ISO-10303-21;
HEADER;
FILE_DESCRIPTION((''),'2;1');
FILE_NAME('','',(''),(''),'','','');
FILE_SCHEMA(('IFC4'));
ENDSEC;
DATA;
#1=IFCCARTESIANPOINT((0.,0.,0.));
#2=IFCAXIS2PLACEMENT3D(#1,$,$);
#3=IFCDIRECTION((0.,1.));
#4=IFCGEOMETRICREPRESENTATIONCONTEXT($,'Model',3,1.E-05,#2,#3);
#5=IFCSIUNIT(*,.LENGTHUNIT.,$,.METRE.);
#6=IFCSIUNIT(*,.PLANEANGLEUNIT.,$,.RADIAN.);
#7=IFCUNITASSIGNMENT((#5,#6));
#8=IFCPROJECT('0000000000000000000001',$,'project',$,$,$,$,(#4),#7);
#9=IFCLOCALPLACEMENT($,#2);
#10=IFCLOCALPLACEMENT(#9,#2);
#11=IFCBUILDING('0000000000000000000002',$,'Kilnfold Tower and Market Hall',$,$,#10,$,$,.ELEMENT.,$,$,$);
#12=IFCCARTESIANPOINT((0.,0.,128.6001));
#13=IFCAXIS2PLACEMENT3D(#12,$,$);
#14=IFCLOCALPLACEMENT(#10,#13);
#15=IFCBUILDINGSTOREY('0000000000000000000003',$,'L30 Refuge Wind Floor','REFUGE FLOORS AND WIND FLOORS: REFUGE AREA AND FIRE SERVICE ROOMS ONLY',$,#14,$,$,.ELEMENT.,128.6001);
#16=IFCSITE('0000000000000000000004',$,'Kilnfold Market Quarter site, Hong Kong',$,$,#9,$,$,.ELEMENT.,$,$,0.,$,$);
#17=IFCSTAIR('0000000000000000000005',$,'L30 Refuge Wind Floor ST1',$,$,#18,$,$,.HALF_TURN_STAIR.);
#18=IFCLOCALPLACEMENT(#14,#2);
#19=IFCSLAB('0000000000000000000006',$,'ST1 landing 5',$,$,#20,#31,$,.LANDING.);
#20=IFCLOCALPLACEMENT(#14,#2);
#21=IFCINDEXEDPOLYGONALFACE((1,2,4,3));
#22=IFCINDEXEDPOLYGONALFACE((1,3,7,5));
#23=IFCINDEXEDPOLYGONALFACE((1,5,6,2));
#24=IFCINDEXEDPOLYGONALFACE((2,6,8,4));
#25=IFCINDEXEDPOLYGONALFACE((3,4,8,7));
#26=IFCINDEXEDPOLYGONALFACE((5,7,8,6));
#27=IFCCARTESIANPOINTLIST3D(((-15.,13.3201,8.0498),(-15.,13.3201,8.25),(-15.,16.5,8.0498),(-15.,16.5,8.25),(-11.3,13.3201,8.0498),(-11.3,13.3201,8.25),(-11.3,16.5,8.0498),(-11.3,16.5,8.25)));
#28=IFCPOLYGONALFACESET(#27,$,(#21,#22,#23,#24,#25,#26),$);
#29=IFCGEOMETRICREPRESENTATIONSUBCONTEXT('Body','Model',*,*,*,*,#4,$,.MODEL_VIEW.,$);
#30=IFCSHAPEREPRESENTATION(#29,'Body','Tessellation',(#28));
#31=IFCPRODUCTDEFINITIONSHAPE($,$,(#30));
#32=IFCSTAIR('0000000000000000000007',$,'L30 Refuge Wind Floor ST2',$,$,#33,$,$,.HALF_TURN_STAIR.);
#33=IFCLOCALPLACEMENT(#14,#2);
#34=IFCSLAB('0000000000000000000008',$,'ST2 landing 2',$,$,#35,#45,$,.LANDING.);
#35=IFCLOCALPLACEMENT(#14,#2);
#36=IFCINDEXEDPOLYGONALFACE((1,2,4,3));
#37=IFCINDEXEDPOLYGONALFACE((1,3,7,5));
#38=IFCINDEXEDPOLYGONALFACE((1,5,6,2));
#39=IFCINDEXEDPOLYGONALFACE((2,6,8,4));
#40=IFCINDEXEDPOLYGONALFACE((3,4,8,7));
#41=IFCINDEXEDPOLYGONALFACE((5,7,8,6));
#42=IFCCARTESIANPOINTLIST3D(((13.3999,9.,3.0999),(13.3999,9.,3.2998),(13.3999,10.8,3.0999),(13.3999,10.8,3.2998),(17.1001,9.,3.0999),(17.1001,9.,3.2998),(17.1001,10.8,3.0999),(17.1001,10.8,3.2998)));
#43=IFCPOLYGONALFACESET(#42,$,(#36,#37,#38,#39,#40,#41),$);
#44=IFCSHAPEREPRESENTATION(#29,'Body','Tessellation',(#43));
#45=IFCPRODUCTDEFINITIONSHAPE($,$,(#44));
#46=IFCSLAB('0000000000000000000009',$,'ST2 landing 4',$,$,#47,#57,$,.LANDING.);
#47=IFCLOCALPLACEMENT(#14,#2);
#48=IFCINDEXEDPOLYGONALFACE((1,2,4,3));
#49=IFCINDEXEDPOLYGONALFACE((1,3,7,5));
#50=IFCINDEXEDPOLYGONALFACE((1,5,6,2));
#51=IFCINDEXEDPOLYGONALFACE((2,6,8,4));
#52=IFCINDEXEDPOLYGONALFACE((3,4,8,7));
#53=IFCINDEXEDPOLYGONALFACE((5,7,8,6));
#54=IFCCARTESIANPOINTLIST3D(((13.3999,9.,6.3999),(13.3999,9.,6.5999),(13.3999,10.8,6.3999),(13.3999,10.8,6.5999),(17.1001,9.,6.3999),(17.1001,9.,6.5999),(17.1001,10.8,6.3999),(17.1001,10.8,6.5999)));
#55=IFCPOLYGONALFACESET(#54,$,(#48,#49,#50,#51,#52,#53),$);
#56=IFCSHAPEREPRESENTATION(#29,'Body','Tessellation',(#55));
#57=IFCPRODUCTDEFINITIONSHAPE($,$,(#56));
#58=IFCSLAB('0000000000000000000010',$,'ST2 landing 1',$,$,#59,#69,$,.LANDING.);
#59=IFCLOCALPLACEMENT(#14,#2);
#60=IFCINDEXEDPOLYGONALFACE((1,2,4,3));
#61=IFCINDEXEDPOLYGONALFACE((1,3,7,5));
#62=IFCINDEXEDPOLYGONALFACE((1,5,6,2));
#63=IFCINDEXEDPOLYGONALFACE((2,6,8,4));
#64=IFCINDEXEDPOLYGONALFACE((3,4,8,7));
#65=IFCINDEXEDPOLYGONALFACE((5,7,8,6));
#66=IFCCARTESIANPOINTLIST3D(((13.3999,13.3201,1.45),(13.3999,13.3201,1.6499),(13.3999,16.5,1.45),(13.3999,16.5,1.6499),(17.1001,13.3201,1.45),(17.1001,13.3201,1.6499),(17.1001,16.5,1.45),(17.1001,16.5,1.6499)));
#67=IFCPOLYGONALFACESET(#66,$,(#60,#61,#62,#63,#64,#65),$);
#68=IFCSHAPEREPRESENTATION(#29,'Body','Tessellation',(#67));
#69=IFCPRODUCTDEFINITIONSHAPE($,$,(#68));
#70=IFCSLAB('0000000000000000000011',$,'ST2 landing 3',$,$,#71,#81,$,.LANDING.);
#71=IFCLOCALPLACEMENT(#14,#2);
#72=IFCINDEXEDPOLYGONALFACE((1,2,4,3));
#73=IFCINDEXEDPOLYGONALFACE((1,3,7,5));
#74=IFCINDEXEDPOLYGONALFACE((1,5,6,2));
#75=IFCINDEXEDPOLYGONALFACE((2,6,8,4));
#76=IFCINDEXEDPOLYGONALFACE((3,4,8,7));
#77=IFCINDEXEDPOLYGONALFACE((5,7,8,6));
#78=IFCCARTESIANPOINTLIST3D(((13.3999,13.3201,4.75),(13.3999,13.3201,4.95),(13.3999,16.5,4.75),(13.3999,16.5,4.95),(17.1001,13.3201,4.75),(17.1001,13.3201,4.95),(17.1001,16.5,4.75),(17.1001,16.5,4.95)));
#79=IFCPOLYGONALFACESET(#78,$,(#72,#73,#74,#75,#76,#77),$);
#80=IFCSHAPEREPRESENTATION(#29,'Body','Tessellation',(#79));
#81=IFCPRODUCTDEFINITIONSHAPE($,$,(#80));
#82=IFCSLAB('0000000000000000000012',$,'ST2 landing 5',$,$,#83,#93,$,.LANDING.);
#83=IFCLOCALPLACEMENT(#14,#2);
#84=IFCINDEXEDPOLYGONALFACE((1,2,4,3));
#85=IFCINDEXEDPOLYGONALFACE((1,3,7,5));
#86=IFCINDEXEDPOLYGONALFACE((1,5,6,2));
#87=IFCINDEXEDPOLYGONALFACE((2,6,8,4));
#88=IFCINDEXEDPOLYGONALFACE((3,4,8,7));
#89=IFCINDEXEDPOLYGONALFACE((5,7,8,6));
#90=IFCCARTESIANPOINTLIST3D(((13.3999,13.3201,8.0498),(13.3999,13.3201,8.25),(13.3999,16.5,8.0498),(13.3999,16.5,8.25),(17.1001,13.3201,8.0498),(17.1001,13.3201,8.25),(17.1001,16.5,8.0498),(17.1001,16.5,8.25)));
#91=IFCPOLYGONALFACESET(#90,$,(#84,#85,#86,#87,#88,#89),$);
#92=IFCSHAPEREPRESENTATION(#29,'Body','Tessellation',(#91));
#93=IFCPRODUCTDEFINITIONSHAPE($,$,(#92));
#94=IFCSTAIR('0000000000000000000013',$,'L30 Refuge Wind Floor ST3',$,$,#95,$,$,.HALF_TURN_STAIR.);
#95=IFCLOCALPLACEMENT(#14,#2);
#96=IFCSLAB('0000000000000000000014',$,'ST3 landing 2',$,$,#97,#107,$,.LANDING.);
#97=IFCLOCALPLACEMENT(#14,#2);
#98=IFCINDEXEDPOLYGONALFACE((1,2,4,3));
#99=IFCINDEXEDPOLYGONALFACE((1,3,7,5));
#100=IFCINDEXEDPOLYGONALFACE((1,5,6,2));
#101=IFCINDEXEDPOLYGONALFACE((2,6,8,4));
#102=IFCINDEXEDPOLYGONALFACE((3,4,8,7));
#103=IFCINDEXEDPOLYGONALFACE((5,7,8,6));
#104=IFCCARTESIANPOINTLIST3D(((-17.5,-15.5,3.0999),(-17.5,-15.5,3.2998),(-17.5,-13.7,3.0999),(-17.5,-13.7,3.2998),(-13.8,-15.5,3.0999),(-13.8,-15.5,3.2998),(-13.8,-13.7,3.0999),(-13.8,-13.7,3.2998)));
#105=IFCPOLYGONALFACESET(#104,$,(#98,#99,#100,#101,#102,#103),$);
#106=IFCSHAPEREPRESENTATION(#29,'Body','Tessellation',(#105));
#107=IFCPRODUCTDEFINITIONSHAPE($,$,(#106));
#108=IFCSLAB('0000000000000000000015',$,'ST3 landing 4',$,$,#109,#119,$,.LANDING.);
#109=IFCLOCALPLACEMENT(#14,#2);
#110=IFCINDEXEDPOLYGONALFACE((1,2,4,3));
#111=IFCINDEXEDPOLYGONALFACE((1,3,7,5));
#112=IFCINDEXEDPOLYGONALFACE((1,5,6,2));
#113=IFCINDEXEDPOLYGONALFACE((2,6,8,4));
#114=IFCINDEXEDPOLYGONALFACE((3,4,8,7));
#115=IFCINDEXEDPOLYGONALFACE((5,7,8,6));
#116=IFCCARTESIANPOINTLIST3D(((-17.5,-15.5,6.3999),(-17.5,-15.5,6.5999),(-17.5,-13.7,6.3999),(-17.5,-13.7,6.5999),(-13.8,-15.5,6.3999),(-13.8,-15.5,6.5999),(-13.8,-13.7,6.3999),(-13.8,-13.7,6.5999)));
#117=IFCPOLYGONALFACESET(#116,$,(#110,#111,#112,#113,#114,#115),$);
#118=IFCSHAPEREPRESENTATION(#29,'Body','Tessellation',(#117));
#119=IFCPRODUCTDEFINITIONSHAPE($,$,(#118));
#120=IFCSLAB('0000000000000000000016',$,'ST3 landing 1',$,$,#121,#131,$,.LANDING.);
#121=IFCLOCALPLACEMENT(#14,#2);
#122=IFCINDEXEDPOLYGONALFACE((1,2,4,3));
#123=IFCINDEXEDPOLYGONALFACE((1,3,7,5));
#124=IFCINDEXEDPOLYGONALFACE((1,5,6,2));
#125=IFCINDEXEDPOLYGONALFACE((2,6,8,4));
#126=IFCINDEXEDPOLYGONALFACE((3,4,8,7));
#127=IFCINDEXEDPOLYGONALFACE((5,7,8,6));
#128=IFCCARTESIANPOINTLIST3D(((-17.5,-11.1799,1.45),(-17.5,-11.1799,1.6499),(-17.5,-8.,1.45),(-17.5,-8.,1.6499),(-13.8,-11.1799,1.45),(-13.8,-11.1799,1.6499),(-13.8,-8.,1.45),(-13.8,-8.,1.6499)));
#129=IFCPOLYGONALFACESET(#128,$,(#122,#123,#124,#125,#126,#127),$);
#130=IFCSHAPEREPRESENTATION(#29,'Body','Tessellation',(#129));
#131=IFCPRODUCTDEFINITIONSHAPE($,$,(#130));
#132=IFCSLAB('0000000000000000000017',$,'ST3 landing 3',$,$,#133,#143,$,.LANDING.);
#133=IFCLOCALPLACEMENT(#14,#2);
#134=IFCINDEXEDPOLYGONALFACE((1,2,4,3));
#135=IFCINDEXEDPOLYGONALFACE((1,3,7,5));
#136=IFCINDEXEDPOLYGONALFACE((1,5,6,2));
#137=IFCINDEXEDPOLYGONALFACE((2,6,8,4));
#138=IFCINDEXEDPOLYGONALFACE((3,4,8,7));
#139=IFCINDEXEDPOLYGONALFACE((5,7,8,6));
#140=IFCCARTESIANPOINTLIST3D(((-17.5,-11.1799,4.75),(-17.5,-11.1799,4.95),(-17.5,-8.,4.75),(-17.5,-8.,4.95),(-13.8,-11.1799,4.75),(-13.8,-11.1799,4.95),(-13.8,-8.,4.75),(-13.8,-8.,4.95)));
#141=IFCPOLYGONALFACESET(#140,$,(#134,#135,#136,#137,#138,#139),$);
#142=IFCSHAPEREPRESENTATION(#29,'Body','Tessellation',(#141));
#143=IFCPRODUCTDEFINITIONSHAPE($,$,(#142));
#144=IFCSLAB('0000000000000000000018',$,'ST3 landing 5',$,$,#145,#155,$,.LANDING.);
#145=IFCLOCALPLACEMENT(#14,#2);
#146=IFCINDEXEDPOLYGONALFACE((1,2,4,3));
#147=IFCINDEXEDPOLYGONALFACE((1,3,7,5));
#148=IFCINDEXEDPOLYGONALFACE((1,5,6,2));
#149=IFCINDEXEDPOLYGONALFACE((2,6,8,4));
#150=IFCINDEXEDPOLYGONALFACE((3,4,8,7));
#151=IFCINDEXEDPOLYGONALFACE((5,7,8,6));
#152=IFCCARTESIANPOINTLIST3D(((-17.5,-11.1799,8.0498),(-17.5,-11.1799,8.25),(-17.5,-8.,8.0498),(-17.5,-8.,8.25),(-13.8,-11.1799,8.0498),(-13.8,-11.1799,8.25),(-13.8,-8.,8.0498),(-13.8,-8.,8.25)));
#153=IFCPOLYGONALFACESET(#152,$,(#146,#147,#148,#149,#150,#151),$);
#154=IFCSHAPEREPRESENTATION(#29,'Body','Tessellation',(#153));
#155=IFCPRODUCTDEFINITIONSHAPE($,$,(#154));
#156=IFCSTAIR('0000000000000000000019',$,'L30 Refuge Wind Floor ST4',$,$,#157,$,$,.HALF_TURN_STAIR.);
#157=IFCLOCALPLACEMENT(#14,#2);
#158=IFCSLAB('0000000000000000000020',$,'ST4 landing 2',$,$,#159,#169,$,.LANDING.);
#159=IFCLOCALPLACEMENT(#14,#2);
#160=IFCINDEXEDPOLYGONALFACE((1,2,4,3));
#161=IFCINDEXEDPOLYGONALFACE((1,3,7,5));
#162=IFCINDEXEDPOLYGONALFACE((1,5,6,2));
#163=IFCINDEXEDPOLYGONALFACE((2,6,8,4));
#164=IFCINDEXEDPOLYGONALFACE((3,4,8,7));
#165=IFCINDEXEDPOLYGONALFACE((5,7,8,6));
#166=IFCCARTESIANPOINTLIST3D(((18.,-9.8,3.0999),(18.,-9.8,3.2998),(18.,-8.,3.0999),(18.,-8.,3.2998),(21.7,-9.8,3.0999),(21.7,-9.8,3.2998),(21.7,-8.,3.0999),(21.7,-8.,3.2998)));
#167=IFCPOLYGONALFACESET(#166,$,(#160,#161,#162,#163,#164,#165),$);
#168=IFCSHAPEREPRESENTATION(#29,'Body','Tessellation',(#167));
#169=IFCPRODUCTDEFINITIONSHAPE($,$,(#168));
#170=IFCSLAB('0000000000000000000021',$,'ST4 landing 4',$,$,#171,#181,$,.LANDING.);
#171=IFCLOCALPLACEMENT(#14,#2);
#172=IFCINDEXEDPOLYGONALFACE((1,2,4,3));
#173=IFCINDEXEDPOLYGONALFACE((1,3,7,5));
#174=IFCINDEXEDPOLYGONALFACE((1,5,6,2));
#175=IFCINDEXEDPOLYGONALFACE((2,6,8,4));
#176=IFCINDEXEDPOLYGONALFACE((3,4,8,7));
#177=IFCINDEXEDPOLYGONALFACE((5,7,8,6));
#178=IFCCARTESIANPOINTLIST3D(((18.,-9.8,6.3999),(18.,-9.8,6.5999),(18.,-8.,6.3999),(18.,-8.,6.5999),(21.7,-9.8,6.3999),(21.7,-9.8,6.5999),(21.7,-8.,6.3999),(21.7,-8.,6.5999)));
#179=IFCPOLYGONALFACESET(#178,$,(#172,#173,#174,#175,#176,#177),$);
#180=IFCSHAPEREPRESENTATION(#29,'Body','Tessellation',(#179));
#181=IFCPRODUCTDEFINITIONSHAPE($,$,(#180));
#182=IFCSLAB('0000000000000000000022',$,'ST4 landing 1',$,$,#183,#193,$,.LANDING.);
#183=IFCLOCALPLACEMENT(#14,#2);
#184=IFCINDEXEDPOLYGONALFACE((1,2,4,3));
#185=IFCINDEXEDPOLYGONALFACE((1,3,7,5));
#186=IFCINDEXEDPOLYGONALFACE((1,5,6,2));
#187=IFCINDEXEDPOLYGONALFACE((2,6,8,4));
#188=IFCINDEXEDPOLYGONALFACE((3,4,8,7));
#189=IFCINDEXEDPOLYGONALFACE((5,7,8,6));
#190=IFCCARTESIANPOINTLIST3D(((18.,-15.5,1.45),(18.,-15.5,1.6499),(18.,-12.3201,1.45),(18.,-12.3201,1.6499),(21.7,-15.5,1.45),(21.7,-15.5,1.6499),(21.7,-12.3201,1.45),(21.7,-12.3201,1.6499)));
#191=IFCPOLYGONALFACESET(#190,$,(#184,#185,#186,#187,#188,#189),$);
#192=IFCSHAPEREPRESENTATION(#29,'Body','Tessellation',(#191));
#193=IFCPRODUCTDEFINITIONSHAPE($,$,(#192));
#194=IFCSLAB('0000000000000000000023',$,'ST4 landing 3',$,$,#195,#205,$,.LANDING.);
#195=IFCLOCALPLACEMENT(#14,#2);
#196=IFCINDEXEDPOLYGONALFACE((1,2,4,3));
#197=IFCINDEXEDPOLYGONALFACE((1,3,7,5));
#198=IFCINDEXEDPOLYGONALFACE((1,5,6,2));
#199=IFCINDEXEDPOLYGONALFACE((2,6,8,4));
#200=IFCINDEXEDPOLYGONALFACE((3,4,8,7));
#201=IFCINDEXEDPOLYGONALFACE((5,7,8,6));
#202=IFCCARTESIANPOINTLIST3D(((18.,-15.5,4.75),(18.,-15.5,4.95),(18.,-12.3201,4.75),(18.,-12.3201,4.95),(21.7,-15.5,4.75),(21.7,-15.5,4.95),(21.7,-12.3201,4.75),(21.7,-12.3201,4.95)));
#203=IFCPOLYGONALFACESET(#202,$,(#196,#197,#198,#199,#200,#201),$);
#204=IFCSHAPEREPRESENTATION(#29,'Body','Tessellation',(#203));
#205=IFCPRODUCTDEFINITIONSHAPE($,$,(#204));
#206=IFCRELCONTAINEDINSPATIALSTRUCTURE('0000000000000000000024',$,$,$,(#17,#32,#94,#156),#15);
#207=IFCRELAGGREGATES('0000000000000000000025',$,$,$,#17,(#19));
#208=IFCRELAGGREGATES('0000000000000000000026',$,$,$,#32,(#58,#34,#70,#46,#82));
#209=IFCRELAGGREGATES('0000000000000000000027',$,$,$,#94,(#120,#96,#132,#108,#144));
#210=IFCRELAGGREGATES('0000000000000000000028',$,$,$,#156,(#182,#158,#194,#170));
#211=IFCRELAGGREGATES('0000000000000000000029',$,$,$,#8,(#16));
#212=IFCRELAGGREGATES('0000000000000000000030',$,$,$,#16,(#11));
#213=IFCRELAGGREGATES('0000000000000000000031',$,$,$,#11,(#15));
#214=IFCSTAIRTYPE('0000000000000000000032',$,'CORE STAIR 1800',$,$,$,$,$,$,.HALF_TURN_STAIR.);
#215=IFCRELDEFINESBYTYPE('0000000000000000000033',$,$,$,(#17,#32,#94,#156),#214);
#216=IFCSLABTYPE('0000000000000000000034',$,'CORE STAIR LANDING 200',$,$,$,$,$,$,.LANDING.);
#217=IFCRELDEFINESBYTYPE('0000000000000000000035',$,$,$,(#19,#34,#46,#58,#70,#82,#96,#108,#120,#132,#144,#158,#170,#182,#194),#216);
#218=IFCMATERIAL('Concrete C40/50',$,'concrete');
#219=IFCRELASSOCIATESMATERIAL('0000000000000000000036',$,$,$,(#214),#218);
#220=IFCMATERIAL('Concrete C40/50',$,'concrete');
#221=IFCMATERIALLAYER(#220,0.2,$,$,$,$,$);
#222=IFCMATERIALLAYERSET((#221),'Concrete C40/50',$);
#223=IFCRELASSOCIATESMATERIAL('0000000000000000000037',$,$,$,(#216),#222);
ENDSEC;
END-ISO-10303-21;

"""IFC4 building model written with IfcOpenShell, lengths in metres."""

from ifc_helpers import new_model, si_unit, direction, frame, origin, place, context, subcontext, project, spatial, polyline, outline, extrude, source, transform, mapped, material, layer, layer_set, type_object, element, aggregate, save


model = new_model("IFC4")

# Units and contexts
model_context = context("Model", 3, precision=1e-05, world=origin(), true_north=direction((0.0, 1.0)))
body_context = subcontext(model_context, "Body", "Model", "MODEL_VIEW")
ifc_project = project(units=[si_unit("LENGTHUNIT", "METRE"), si_unit("PLANEANGLEUNIT", "RADIAN")], contexts=[model_context])

# Site, building, storey
site_placement = place(None, origin())
site = spatial("IfcSite", under=ifc_project, at=site_placement, Name="Kilnfold Market Quarter site, Hong Kong", CompositionType="ELEMENT", RefElevation=0.0)
building_placement = place(site_placement, origin())
building = spatial("IfcBuilding", under=site, at=building_placement, Name="Kilnfold Tower and Market Hall", CompositionType="ELEMENT")
storey_placement = place(building_placement, frame((0.0, 0.0, 128.6001)))
storey = spatial("IfcBuildingStorey", under=building, at=storey_placement, Name="L30 Refuge Wind Floor", Description="REFUGE FLOORS AND WIND FLOORS: REFUGE AREA AND FIRE SERVICE ROOMS ONLY", CompositionType="ELEMENT", Elevation=128.6001)

# Stairs, slabs
ifc_material_1 = material(Name="Concrete C40/50", Category="concrete")
stair_type_1 = type_object("IfcStairType", Name="CORE STAIR 1800", PredefinedType="HALF_TURN_STAIR", material=ifc_material_1)
stair_1_placement = place(storey_placement, origin())
stair_1 = element("IfcStair", 1, at=stair_1_placement, inside=storey, type_object=stair_type_1, Name="L30 Refuge Wind Floor ST1", PredefinedType="HALF_TURN_STAIR")
ifc_material_2 = material(Name="Concrete C40/50", Category="concrete")
ifc_layer_1 = layer(ifc_material_2, 0.2)
ifc_layer_set_1 = layer_set([ifc_layer_1], Name="Concrete C40/50")
slab_type_1 = type_object("IfcSlabType", Name="CORE STAIR LANDING 200", PredefinedType="LANDING", material=ifc_layer_set_1)
shared_shape_1 = source(origin(), body_context, "Body", "SweptSolid", [
    extrude(outline(polyline([(-11.3, 13.3201), (-11.3, 16.5), (-15.0, 16.5), (-15.0, 13.3201), (-11.3, 13.3201)])), origin(), (0.0, 0.0, 1.0), 0.2002),
])
slab_1_placement = place(storey_placement, frame((0.0, 0.0, 8.0498)))
slab_1 = element("IfcSlab", 2, at=slab_1_placement, type_object=slab_type_1, Name="ST1 landing 5", PredefinedType="LANDING", context=body_context, shape_type="MappedRepresentation", body=[
    mapped(shared_shape_1, transform((0.0, 0.0, 0.0))),
])
aggregate(stair_1, [slab_1])
stair_2_placement = place(storey_placement, origin())
stair_2 = element("IfcStair", 3, at=stair_2_placement, inside=storey, type_object=stair_type_1, Name="L30 Refuge Wind Floor ST2", PredefinedType="HALF_TURN_STAIR")
shared_shape_2 = source(origin(), body_context, "Body", "SweptSolid", [
    extrude(outline(polyline([(17.1001, 9.0), (17.1001, 10.8), (13.3999, 10.8), (13.3999, 9.0), (17.1001, 9.0)])), origin(), (0.0, 0.0, 1.0), 0.2),
])
slab_2_placement = place(storey_placement, frame((0.0, 0.0, 3.0999)))
slab_2 = element("IfcSlab", 4, at=slab_2_placement, type_object=slab_type_1, Name="ST2 landing 2", PredefinedType="LANDING", context=body_context, shape_type="MappedRepresentation", body=[
    mapped(shared_shape_2, transform((0.0, 0.0, 0.0))),
])
slab_3_placement = place(storey_placement, frame((0.0, 0.0, 6.3999)))
slab_3 = element("IfcSlab", 5, at=slab_3_placement, type_object=slab_type_1, Name="ST2 landing 4", PredefinedType="LANDING", context=body_context, shape_type="MappedRepresentation", body=[
    mapped(shared_shape_2, transform((0.0, 0.0, 0.0))),
])
shared_shape_3 = source(origin(), body_context, "Body", "SweptSolid", [
    extrude(outline(polyline([(17.1001, 13.3201), (17.1001, 16.5), (13.3999, 16.5), (13.3999, 13.3201), (17.1001, 13.3201)])), origin(), (0.0, 0.0, 1.0), 0.2),
])
slab_4_placement = place(storey_placement, frame((0.0, 0.0, 1.45)))
slab_4 = element("IfcSlab", 6, at=slab_4_placement, type_object=slab_type_1, Name="ST2 landing 1", PredefinedType="LANDING", context=body_context, shape_type="MappedRepresentation", body=[
    mapped(shared_shape_3, transform((0.0, 0.0, 0.0))),
])
slab_5_placement = place(storey_placement, frame((0.0, 0.0, 4.75)))
slab_5 = element("IfcSlab", 7, at=slab_5_placement, type_object=slab_type_1, Name="ST2 landing 3", PredefinedType="LANDING", context=body_context, shape_type="MappedRepresentation", body=[
    mapped(shared_shape_3, transform((0.0, 0.0, 0.0))),
])
shared_shape_4 = source(origin(), body_context, "Body", "SweptSolid", [
    extrude(outline(polyline([(17.1001, 13.3201), (17.1001, 16.5), (13.3999, 16.5), (13.3999, 13.3201), (17.1001, 13.3201)])), origin(), (0.0, 0.0, 1.0), 0.2002),
])
slab_6_placement = place(storey_placement, frame((0.0, 0.0, 8.0498)))
slab_6 = element("IfcSlab", 8, at=slab_6_placement, type_object=slab_type_1, Name="ST2 landing 5", PredefinedType="LANDING", context=body_context, shape_type="MappedRepresentation", body=[
    mapped(shared_shape_4, transform((0.0, 0.0, 0.0))),
])
aggregate(stair_2, [slab_4, slab_2, slab_5, slab_3, slab_6])
stair_3_placement = place(storey_placement, origin())
stair_3 = element("IfcStair", 9, at=stair_3_placement, inside=storey, type_object=stair_type_1, Name="L30 Refuge Wind Floor ST3", PredefinedType="HALF_TURN_STAIR")
shared_shape_5 = source(origin(), body_context, "Body", "SweptSolid", [
    extrude(outline(polyline([(-13.8, -15.5), (-13.8, -13.7), (-17.5, -13.7), (-17.5, -15.5), (-13.8, -15.5)])), origin(), (0.0, 0.0, 1.0), 0.2),
])
slab_7_placement = place(storey_placement, frame((0.0, 0.0, 3.0999)))
slab_7 = element("IfcSlab", 10, at=slab_7_placement, type_object=slab_type_1, Name="ST3 landing 2", PredefinedType="LANDING", context=body_context, shape_type="MappedRepresentation", body=[
    mapped(shared_shape_5, transform((0.0, 0.0, 0.0))),
])
slab_8_placement = place(storey_placement, frame((0.0, 0.0, 6.3999)))
slab_8 = element("IfcSlab", 11, at=slab_8_placement, type_object=slab_type_1, Name="ST3 landing 4", PredefinedType="LANDING", context=body_context, shape_type="MappedRepresentation", body=[
    mapped(shared_shape_5, transform((0.0, 0.0, 0.0))),
])
shared_shape_6 = source(origin(), body_context, "Body", "SweptSolid", [
    extrude(outline(polyline([(-13.8, -11.1799), (-13.8, -8.0), (-17.5, -8.0), (-17.5, -11.1799), (-13.8, -11.1799)])), origin(), (0.0, 0.0, 1.0), 0.2),
])
slab_9_placement = place(storey_placement, frame((0.0, 0.0, 1.45)))
slab_9 = element("IfcSlab", 12, at=slab_9_placement, type_object=slab_type_1, Name="ST3 landing 1", PredefinedType="LANDING", context=body_context, shape_type="MappedRepresentation", body=[
    mapped(shared_shape_6, transform((0.0, 0.0, 0.0))),
])
slab_10_placement = place(storey_placement, frame((0.0, 0.0, 4.75)))
slab_10 = element("IfcSlab", 13, at=slab_10_placement, type_object=slab_type_1, Name="ST3 landing 3", PredefinedType="LANDING", context=body_context, shape_type="MappedRepresentation", body=[
    mapped(shared_shape_6, transform((0.0, 0.0, 0.0))),
])
shared_shape_7 = source(origin(), body_context, "Body", "SweptSolid", [
    extrude(outline(polyline([(-13.8, -11.1799), (-13.8, -8.0), (-17.5, -8.0), (-17.5, -11.1799), (-13.8, -11.1799)])), origin(), (0.0, 0.0, 1.0), 0.2002),
])
slab_11_placement = place(storey_placement, frame((0.0, 0.0, 8.0498)))
slab_11 = element("IfcSlab", 14, at=slab_11_placement, type_object=slab_type_1, Name="ST3 landing 5", PredefinedType="LANDING", context=body_context, shape_type="MappedRepresentation", body=[
    mapped(shared_shape_7, transform((0.0, 0.0, 0.0))),
])
aggregate(stair_3, [slab_9, slab_7, slab_10, slab_8, slab_11])
stair_4_placement = place(storey_placement, origin())
stair_4 = element("IfcStair", 15, at=stair_4_placement, inside=storey, type_object=stair_type_1, Name="L30 Refuge Wind Floor ST4", PredefinedType="HALF_TURN_STAIR")
shared_shape_8 = source(origin(), body_context, "Body", "SweptSolid", [
    extrude(outline(polyline([(18.0, -8.0), (18.0, -9.8), (21.7, -9.8), (21.7, -8.0), (18.0, -8.0)])), origin(), (0.0, 0.0, 1.0), 0.2),
])
slab_12_placement = place(storey_placement, frame((0.0, 0.0, 3.0999)))
slab_12 = element("IfcSlab", 16, at=slab_12_placement, type_object=slab_type_1, Name="ST4 landing 2", PredefinedType="LANDING", context=body_context, shape_type="MappedRepresentation", body=[
    mapped(shared_shape_8, transform((0.0, 0.0, 0.0))),
])
slab_13_placement = place(storey_placement, frame((0.0, 0.0, 6.3999)))
slab_13 = element("IfcSlab", 17, at=slab_13_placement, type_object=slab_type_1, Name="ST4 landing 4", PredefinedType="LANDING", context=body_context, shape_type="MappedRepresentation", body=[
    mapped(shared_shape_8, transform((0.0, 0.0, 0.0))),
])
shared_shape_9 = source(origin(), body_context, "Body", "SweptSolid", [
    extrude(outline(polyline([(18.0, -12.3201), (18.0, -15.5), (21.7, -15.5), (21.7, -12.3201), (18.0, -12.3201)])), origin(), (0.0, 0.0, 1.0), 0.2),
])
slab_14_placement = place(storey_placement, frame((0.0, 0.0, 1.45)))
slab_14 = element("IfcSlab", 18, at=slab_14_placement, type_object=slab_type_1, Name="ST4 landing 1", PredefinedType="LANDING", context=body_context, shape_type="MappedRepresentation", body=[
    mapped(shared_shape_9, transform((0.0, 0.0, 0.0))),
])
slab_15_placement = place(storey_placement, frame((0.0, 0.0, 4.75)))
slab_15 = element("IfcSlab", 19, at=slab_15_placement, type_object=slab_type_1, Name="ST4 landing 3", PredefinedType="LANDING", context=body_context, shape_type="MappedRepresentation", body=[
    mapped(shared_shape_9, transform((0.0, 0.0, 0.0))),
])
aggregate(stair_4, [slab_14, slab_12, slab_15, slab_13])

save(model, "model.ifc")
